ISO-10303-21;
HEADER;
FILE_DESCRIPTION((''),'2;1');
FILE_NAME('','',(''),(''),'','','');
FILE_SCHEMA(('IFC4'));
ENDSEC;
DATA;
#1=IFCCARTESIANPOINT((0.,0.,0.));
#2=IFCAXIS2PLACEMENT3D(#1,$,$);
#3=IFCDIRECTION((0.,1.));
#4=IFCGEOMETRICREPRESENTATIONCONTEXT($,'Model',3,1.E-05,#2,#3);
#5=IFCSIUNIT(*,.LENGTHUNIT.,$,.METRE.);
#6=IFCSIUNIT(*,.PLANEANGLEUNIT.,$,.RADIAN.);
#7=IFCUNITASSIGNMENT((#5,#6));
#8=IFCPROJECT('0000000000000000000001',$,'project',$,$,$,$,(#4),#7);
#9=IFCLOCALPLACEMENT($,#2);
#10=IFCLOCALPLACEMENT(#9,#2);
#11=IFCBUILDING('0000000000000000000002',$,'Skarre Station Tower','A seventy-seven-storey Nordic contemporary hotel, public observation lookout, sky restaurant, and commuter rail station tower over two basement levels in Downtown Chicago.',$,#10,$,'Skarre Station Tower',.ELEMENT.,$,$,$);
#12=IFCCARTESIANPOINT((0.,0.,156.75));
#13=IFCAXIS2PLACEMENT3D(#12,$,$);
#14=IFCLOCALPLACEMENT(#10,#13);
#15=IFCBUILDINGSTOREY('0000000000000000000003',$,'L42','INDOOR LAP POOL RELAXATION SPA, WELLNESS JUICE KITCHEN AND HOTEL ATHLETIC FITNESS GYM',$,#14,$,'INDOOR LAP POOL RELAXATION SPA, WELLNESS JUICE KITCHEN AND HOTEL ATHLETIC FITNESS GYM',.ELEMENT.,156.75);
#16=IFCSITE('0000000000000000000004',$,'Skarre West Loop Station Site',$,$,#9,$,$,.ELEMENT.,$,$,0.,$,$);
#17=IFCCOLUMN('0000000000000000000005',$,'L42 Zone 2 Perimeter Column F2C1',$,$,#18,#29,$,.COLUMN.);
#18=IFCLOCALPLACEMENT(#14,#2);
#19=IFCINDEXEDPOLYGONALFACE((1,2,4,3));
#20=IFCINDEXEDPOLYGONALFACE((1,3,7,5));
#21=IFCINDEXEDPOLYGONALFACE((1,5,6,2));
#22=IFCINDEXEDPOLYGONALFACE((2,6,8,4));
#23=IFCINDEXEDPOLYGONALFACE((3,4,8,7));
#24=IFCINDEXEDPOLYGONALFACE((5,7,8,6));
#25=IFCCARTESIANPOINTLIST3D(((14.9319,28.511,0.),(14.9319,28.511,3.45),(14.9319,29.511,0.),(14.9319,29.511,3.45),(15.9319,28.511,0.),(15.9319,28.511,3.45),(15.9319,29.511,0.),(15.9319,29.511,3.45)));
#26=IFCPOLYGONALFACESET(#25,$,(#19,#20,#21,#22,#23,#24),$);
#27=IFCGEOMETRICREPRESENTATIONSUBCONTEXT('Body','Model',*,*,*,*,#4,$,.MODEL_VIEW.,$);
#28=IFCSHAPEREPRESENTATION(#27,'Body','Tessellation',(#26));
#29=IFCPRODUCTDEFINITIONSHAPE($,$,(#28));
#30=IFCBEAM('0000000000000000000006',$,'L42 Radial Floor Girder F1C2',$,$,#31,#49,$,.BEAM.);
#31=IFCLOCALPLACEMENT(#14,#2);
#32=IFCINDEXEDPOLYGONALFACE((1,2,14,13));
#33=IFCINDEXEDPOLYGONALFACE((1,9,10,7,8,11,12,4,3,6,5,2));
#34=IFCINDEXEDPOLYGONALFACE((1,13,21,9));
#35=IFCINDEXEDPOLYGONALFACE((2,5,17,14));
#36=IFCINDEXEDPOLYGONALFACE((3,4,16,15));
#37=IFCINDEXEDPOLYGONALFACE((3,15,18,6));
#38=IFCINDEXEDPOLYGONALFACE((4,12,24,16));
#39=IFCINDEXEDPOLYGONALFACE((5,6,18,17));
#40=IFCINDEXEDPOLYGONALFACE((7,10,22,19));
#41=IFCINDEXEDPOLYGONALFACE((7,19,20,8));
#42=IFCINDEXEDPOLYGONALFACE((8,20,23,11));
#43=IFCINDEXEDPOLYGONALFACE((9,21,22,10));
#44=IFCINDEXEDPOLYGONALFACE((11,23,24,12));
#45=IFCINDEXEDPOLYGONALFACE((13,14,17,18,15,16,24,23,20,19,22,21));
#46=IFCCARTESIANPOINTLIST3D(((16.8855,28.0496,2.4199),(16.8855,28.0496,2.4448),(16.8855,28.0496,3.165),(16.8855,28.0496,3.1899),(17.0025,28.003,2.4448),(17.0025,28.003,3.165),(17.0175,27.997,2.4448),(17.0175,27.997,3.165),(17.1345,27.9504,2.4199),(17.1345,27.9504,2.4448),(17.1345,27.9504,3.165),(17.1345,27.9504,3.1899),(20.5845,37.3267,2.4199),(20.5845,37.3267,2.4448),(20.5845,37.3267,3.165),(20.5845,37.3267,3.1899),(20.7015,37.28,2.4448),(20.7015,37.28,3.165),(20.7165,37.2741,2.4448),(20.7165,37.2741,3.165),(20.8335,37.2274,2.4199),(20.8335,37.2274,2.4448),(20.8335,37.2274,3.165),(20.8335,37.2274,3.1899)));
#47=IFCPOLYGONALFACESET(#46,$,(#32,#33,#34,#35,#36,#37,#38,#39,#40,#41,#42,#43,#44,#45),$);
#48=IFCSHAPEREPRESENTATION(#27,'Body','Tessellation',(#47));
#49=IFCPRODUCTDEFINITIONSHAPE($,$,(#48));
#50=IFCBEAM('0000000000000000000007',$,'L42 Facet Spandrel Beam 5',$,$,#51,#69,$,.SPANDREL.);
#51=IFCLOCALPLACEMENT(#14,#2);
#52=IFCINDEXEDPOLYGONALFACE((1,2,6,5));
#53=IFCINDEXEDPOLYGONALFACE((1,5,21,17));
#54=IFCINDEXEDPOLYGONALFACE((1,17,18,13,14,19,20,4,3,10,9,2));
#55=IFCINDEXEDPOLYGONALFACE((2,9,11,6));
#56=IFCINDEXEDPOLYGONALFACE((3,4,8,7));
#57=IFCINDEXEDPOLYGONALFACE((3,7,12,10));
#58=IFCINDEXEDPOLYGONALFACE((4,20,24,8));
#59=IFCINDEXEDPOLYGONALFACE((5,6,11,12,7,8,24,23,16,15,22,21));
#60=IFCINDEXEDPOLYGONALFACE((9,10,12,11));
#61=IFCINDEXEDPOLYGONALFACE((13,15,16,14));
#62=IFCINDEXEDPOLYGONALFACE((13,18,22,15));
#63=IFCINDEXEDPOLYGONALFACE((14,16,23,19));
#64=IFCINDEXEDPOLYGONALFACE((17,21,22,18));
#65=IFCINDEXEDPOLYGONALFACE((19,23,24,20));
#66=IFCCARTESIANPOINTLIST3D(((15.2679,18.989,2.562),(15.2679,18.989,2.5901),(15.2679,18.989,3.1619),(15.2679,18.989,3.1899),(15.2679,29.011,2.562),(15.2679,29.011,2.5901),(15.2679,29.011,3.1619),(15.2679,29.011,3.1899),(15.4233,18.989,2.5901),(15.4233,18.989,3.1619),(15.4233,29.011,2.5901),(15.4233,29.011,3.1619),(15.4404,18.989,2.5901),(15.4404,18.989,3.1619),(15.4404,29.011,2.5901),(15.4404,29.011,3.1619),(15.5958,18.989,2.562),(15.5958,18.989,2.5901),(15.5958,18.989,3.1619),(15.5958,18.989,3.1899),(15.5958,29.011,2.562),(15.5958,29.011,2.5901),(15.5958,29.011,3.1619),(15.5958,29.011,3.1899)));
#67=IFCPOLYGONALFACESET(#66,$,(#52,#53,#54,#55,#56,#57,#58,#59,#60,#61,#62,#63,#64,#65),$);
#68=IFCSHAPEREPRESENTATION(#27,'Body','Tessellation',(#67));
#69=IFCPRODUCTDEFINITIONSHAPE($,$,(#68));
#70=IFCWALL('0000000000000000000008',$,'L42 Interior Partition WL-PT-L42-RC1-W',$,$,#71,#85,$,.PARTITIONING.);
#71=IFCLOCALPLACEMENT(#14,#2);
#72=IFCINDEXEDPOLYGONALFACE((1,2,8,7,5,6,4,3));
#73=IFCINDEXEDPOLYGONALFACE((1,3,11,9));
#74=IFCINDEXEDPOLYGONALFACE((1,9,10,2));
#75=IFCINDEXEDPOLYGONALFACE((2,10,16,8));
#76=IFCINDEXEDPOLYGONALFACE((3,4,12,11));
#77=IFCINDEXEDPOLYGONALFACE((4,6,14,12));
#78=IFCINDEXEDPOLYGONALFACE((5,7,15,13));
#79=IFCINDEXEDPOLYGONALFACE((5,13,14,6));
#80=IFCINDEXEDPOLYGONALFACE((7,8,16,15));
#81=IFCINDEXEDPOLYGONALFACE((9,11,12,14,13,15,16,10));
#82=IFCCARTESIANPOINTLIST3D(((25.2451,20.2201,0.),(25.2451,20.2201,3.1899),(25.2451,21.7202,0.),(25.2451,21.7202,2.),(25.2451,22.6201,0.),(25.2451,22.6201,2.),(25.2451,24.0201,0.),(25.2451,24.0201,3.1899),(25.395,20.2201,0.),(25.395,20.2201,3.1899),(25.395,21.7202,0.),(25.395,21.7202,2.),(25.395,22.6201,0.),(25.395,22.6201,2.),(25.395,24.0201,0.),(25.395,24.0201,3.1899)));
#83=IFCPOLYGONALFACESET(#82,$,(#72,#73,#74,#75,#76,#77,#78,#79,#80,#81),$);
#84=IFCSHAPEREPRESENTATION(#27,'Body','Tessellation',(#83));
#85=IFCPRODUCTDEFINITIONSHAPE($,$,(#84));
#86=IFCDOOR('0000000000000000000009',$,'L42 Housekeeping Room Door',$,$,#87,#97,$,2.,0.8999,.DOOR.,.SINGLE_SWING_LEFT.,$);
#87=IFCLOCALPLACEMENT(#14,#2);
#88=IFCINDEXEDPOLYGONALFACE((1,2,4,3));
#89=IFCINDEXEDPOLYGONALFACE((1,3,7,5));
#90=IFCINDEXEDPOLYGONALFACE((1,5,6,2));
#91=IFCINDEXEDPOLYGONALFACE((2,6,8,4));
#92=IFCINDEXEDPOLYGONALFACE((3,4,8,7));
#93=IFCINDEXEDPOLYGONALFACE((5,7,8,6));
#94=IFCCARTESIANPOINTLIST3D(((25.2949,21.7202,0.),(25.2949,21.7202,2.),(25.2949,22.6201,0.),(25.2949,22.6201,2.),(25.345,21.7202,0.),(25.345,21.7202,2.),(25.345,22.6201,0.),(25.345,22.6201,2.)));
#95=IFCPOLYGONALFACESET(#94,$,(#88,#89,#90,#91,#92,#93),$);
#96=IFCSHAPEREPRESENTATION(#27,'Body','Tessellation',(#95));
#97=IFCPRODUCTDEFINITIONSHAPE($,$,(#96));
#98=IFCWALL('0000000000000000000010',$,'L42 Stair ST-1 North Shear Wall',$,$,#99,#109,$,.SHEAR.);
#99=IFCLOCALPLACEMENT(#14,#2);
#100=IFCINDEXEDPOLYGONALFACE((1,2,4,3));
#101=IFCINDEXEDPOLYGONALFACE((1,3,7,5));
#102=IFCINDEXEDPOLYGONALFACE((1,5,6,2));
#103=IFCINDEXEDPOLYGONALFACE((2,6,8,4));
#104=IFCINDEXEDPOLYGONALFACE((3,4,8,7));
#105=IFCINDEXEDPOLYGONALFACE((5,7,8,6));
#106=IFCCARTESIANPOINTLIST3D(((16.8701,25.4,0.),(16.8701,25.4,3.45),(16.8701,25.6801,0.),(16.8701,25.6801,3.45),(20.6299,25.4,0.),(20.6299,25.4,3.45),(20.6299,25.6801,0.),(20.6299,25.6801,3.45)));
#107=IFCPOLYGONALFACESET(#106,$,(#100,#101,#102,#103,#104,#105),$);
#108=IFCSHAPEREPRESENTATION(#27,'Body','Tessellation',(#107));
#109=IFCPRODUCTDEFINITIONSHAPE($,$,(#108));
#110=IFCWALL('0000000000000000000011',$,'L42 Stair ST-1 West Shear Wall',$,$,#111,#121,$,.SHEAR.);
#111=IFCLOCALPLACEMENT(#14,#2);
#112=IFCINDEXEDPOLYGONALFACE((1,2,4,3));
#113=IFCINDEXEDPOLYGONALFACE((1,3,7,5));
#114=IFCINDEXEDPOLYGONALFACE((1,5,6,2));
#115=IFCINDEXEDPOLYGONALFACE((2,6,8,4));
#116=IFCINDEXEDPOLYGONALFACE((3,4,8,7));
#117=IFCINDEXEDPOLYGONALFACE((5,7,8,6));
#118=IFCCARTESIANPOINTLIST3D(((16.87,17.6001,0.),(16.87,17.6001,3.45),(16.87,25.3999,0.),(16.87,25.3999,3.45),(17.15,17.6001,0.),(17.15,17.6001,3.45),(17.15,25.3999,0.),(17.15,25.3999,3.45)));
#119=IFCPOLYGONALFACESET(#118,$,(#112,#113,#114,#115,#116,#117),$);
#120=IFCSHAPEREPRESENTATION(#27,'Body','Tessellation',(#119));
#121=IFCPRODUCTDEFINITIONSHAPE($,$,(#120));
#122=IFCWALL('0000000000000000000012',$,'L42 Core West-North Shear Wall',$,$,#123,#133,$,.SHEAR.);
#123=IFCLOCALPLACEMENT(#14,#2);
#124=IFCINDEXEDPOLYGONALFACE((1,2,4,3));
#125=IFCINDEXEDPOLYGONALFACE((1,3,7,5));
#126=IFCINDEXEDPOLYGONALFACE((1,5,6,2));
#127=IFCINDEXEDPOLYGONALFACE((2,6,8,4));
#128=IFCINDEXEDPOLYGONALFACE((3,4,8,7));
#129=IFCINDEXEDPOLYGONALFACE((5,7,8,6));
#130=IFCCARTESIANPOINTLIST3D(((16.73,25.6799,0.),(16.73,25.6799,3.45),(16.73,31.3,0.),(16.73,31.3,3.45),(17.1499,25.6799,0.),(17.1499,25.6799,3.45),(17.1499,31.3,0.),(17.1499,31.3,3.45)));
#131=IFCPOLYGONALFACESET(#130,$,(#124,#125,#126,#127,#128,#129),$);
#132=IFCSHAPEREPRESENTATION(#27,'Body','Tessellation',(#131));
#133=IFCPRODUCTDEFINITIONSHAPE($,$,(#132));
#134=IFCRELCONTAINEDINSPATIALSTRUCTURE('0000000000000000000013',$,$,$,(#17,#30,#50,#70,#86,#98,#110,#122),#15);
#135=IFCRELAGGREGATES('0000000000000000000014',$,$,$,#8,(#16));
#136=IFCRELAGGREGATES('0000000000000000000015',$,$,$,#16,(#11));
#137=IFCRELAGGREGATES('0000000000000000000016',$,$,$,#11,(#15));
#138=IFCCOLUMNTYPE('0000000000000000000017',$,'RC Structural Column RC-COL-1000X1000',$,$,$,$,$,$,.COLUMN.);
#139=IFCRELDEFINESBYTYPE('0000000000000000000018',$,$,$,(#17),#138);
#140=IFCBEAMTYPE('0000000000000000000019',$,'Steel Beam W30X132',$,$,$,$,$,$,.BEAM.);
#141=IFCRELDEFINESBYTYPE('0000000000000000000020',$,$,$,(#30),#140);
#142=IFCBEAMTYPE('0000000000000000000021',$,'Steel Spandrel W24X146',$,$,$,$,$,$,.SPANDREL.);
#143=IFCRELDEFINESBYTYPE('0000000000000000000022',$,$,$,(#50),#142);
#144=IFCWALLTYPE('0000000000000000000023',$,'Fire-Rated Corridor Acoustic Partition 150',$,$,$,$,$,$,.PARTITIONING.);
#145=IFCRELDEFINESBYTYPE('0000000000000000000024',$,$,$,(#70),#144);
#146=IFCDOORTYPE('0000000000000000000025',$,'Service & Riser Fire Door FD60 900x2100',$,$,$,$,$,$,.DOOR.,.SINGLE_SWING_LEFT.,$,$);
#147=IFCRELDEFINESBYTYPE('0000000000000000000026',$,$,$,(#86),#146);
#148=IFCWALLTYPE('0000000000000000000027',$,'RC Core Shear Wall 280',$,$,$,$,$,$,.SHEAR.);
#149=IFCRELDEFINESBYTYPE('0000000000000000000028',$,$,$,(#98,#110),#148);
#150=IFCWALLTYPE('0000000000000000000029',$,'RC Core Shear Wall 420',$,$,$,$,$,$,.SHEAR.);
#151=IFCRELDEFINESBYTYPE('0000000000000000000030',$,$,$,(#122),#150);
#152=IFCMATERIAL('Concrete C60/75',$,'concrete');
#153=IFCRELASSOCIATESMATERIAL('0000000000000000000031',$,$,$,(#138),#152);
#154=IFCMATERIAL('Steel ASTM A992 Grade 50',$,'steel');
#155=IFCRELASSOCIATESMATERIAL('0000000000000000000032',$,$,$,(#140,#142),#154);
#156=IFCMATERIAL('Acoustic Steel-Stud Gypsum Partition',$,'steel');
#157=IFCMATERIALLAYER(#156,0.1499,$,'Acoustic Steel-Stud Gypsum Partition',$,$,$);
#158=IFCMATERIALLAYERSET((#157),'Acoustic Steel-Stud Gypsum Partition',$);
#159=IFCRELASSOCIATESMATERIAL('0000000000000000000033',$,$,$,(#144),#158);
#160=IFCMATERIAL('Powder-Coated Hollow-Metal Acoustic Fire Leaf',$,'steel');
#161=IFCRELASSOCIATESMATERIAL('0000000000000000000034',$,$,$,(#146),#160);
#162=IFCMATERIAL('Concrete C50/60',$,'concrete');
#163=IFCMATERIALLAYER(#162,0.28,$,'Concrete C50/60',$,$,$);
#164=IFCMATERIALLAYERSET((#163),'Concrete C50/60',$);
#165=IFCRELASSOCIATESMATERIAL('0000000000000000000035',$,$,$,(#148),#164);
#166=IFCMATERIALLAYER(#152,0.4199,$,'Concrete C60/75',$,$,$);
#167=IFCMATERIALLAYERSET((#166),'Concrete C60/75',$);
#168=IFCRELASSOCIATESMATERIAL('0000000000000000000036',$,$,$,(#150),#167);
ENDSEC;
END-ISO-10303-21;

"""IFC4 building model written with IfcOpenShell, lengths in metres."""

from ifc_helpers import new_model, si_unit, direction, frame, frame_2d, origin, origin_2d, place, context, subcontext, project, spatial, rectangle, i_section, extrude, material, layer, layer_set, material_profile, profile_set, type_object, element, fill, save


model = new_model("IFC4")

# Units and contexts
model_context = context("Model", 3, precision=1e-05, world=origin(), true_north=direction((0.0, 1.0)))
body_context = subcontext(model_context, "Body", "Model", "MODEL_VIEW")
ifc_project = project(units=[si_unit("LENGTHUNIT", "METRE"), si_unit("PLANEANGLEUNIT", "RADIAN")], contexts=[model_context])

# Site, building, storey
site_placement = place(None, origin())
site = spatial("IfcSite", under=ifc_project, at=site_placement, Name="Skarre West Loop Station Site", CompositionType="ELEMENT", RefElevation=0.0)
building_placement = place(site_placement, origin())
building = spatial("IfcBuilding", under=site, at=building_placement, Name="Skarre Station Tower", Description="A seventy-seven-storey Nordic contemporary hotel, public observation lookout, sky restaurant, and commuter rail station tower over two basement levels in Downtown Chicago.", LongName="Skarre Station Tower", CompositionType="ELEMENT")
storey_placement = place(building_placement, frame((0.0, 0.0, 156.75)))
storey = spatial("IfcBuildingStorey", under=building, at=storey_placement, Name="L42", Description="INDOOR LAP POOL RELAXATION SPA, WELLNESS JUICE KITCHEN AND HOTEL ATHLETIC FITNESS GYM", LongName="INDOOR LAP POOL RELAXATION SPA, WELLNESS JUICE KITCHEN AND HOTEL ATHLETIC FITNESS GYM", CompositionType="ELEMENT", Elevation=156.75)

# Column
ifc_material_1 = material(Name="Concrete C60/75", Category="concrete")
ifc_material_profile_1 = material_profile(ifc_material_1, rectangle(XDim=1.0, YDim=1.0, at=origin_2d()), Name="Concrete C60/75")
ifc_profile_set_1 = profile_set([ifc_material_profile_1], Name="Concrete C60/75")
column_type = type_object("IfcColumnType", Name="RC Structural Column RC-COL-1000X1000", PredefinedType="COLUMN", material=ifc_profile_set_1)
column_placement = place(storey_placement, frame((15.4319, 29.011, 0.0), z_axis=(0.0, 0.0, 1.0), x_axis=(1.0, 0.0, 0.0)))
element("IfcColumn", 1, at=column_placement, inside=storey, type_object=column_type, Name="L42 Zone 2 Perimeter Column F2C1", PredefinedType="COLUMN", context=body_context, shape_type="SweptSolid", body=[
    extrude(rectangle(XDim=1.0, YDim=1.0, at=origin_2d()), origin(), (0.0, 0.0, 1.0), 3.45),
])

# Beams
ifc_material_2 = material(Name="Steel ASTM A992 Grade 50", Category="steel")
ifc_material_profile_2 = material_profile(ifc_material_2, i_section(OverallWidth=0.2681, OverallDepth=0.77, WebThickness=0.0161, FlangeThickness=0.0249, at=origin_2d()), Name="Steel ASTM A992 Grade 50")
ifc_profile_set_2 = profile_set([ifc_material_profile_2], Name="Steel ASTM A992 Grade 50")
beam_type_1 = type_object("IfcBeamType", Name="Steel Beam W30X132", PredefinedType="BEAM", material=ifc_profile_set_2)
beam_1_placement = place(storey_placement, frame((17.01, 28.0, 2.8049), z_axis=(0.370366, 0.928886, 0.0), x_axis=(-0.928886, 0.370366, 0.0)))
element("IfcBeam", 2, at=beam_1_placement, inside=storey, type_object=beam_type_1, Name="L42 Radial Floor Girder F1C2", PredefinedType="BEAM", context=body_context, shape_type="SweptSolid", body=[
    extrude(i_section(OverallWidth=0.2681, OverallDepth=0.77, WebThickness=0.0161, FlangeThickness=0.0249, at=origin_2d()), origin(), (0.0, 0.0, 1.0), 9.9873),
])
ifc_material_profile_3 = material_profile(ifc_material_2, i_section(OverallWidth=0.3279, OverallDepth=0.6279, WebThickness=0.0171, FlangeThickness=0.0281, at=origin_2d()), Name="Steel ASTM A992 Grade 50")
ifc_profile_set_3 = profile_set([ifc_material_profile_3], Name="Steel ASTM A992 Grade 50")
beam_type_2 = type_object("IfcBeamType", Name="Steel Spandrel W24X146", PredefinedType="SPANDREL", material=ifc_profile_set_3)
beam_2_placement = place(storey_placement, frame((15.4319, 29.011, 2.876), z_axis=(0.0, -1.0, 0.0), x_axis=(1.0, 0.0, 0.0)))
element("IfcBeam", 3, at=beam_2_placement, inside=storey, type_object=beam_type_2, Name="L42 Facet Spandrel Beam 5", PredefinedType="SPANDREL", context=body_context, shape_type="SweptSolid", body=[
    extrude(i_section(OverallWidth=0.3279, OverallDepth=0.6279, WebThickness=0.0171, FlangeThickness=0.0281, at=origin_2d()), origin(), (0.0, 0.0, 1.0), 10.022),
])

# Wall, opening, door
ifc_material_3 = material(Name="Acoustic Steel-Stud Gypsum Partition", Category="steel")
ifc_layer_1 = layer(ifc_material_3, 0.1499, Name="Acoustic Steel-Stud Gypsum Partition")
ifc_layer_set_1 = layer_set([ifc_layer_1], Name="Acoustic Steel-Stud Gypsum Partition")
wall_type_1 = type_object("IfcWallType", Name="Fire-Rated Corridor Acoustic Partition 150", PredefinedType="PARTITIONING", material=ifc_layer_set_1)
wall_1_placement = place(storey_placement, frame((25.3201, 24.02, 0.0), z_axis=(0.0, 0.0, 1.0), x_axis=(0.0, -1.0, 0.0)))
wall_1 = element("IfcWall", 4, at=wall_1_placement, inside=storey, type_object=wall_type_1, Name="L42 Interior Partition WL-PT-L42-RC1-W", PredefinedType="PARTITIONING", context=body_context, shape_type="SweptSolid", body=[
    extrude(rectangle(XDim=3.8, YDim=0.1499, at=frame_2d((1.8999, 0.0))), origin(), (0.0, 0.0, 1.0), 3.1899),
])
opening_1_placement = place(wall_1_placement, frame((1.3999, 0.0, 0.0)))
opening_1 = element("IfcOpeningElement", 5, at=opening_1_placement, cuts=wall_1, PredefinedType="OPENING", context=body_context, shape_type="SweptSolid", body=[
    extrude(rectangle(XDim=0.8999, YDim=2.0, at=frame_2d((0.45, 1.0))), frame((0.0, 0.085, 0.0), z_axis=(0.0, -1.0, 0.0), x_axis=(1.0, 0.0, 0.0)), (0.0, 0.0, 1.0), 0.1699),
])
ifc_material_4 = material(Name="Powder-Coated Hollow-Metal Acoustic Fire Leaf", Category="steel")
door_type_1 = type_object("IfcDoorType", Name="Service & Riser Fire Door FD60 900x2100", OperationType="SINGLE_SWING_LEFT", PredefinedType="DOOR", material=ifc_material_4)
door_1_placement = place(opening_1_placement, origin())
door_1 = element("IfcDoor", 6, at=door_1_placement, inside=storey, type_object=door_type_1, Name="L42 Housekeeping Room Door", OperationType="SINGLE_SWING_LEFT", OverallHeight=2.0, OverallWidth=0.8999, PredefinedType="DOOR", context=body_context, shape_type="SweptSolid", body=[
    extrude(rectangle(XDim=0.8999, YDim=2.0, at=frame_2d((0.45, 1.0))), frame((0.0, 0.0249, 0.0), z_axis=(0.0, -1.0, 0.0), x_axis=(1.0, 0.0, 0.0)), (0.0, 0.0, 1.0), 0.05),
])
fill(opening_1, door_1)

# Walls
ifc_material_5 = material(Name="Concrete C50/60", Category="concrete")
ifc_layer_2 = layer(ifc_material_5, 0.28, Name="Concrete C50/60")
ifc_layer_set_2 = layer_set([ifc_layer_2], Name="Concrete C50/60")
wall_type_2 = type_object("IfcWallType", Name="RC Core Shear Wall 280", PredefinedType="SHEAR", material=ifc_layer_set_2)
wall_2_placement = place(storey_placement, frame((20.6299, 25.54, 0.0), z_axis=(0.0, 0.0, 1.0), x_axis=(-1.0, 0.0, 0.0)))
element("IfcWall", 7, at=wall_2_placement, inside=storey, type_object=wall_type_2, Name="L42 Stair ST-1 North Shear Wall", PredefinedType="SHEAR", context=body_context, shape_type="SweptSolid", body=[
    extrude(rectangle(XDim=3.7598, YDim=0.28, at=frame_2d((1.8799, 0.0))), origin(), (0.0, 0.0, 1.0), 3.45),
])
wall_3_placement = place(storey_placement, frame((17.01, 25.3999, 0.0), z_axis=(0.0, 0.0, 1.0), x_axis=(0.0, -1.0, 0.0)))
element("IfcWall", 8, at=wall_3_placement, inside=storey, type_object=wall_type_2, Name="L42 Stair ST-1 West Shear Wall", PredefinedType="SHEAR", context=body_context, shape_type="SweptSolid", body=[
    extrude(rectangle(XDim=7.7998, YDim=0.28, at=frame_2d((3.8999, 0.0))), origin(), (0.0, 0.0, 1.0), 3.45),
])
ifc_layer_3 = layer(ifc_material_1, 0.4199, Name="Concrete C60/75")
ifc_layer_set_3 = layer_set([ifc_layer_3], Name="Concrete C60/75")
wall_type_3 = type_object("IfcWallType", Name="RC Core Shear Wall 420", PredefinedType="SHEAR", material=ifc_layer_set_3)
wall_4_placement = place(storey_placement, frame((16.9399, 25.6799, 0.0), z_axis=(0.0, 0.0, 1.0), x_axis=(0.0, 1.0, 0.0)))
element("IfcWall", 9, at=wall_4_placement, inside=storey, type_object=wall_type_3, Name="L42 Core West-North Shear Wall", PredefinedType="SHEAR", context=body_context, shape_type="SweptSolid", body=[
    extrude(rectangle(XDim=5.6201, YDim=0.4199, at=frame_2d((2.8101, 0.0))), origin(), (0.0, 0.0, 1.0), 3.45),
])

save(model, "model.ifc")
